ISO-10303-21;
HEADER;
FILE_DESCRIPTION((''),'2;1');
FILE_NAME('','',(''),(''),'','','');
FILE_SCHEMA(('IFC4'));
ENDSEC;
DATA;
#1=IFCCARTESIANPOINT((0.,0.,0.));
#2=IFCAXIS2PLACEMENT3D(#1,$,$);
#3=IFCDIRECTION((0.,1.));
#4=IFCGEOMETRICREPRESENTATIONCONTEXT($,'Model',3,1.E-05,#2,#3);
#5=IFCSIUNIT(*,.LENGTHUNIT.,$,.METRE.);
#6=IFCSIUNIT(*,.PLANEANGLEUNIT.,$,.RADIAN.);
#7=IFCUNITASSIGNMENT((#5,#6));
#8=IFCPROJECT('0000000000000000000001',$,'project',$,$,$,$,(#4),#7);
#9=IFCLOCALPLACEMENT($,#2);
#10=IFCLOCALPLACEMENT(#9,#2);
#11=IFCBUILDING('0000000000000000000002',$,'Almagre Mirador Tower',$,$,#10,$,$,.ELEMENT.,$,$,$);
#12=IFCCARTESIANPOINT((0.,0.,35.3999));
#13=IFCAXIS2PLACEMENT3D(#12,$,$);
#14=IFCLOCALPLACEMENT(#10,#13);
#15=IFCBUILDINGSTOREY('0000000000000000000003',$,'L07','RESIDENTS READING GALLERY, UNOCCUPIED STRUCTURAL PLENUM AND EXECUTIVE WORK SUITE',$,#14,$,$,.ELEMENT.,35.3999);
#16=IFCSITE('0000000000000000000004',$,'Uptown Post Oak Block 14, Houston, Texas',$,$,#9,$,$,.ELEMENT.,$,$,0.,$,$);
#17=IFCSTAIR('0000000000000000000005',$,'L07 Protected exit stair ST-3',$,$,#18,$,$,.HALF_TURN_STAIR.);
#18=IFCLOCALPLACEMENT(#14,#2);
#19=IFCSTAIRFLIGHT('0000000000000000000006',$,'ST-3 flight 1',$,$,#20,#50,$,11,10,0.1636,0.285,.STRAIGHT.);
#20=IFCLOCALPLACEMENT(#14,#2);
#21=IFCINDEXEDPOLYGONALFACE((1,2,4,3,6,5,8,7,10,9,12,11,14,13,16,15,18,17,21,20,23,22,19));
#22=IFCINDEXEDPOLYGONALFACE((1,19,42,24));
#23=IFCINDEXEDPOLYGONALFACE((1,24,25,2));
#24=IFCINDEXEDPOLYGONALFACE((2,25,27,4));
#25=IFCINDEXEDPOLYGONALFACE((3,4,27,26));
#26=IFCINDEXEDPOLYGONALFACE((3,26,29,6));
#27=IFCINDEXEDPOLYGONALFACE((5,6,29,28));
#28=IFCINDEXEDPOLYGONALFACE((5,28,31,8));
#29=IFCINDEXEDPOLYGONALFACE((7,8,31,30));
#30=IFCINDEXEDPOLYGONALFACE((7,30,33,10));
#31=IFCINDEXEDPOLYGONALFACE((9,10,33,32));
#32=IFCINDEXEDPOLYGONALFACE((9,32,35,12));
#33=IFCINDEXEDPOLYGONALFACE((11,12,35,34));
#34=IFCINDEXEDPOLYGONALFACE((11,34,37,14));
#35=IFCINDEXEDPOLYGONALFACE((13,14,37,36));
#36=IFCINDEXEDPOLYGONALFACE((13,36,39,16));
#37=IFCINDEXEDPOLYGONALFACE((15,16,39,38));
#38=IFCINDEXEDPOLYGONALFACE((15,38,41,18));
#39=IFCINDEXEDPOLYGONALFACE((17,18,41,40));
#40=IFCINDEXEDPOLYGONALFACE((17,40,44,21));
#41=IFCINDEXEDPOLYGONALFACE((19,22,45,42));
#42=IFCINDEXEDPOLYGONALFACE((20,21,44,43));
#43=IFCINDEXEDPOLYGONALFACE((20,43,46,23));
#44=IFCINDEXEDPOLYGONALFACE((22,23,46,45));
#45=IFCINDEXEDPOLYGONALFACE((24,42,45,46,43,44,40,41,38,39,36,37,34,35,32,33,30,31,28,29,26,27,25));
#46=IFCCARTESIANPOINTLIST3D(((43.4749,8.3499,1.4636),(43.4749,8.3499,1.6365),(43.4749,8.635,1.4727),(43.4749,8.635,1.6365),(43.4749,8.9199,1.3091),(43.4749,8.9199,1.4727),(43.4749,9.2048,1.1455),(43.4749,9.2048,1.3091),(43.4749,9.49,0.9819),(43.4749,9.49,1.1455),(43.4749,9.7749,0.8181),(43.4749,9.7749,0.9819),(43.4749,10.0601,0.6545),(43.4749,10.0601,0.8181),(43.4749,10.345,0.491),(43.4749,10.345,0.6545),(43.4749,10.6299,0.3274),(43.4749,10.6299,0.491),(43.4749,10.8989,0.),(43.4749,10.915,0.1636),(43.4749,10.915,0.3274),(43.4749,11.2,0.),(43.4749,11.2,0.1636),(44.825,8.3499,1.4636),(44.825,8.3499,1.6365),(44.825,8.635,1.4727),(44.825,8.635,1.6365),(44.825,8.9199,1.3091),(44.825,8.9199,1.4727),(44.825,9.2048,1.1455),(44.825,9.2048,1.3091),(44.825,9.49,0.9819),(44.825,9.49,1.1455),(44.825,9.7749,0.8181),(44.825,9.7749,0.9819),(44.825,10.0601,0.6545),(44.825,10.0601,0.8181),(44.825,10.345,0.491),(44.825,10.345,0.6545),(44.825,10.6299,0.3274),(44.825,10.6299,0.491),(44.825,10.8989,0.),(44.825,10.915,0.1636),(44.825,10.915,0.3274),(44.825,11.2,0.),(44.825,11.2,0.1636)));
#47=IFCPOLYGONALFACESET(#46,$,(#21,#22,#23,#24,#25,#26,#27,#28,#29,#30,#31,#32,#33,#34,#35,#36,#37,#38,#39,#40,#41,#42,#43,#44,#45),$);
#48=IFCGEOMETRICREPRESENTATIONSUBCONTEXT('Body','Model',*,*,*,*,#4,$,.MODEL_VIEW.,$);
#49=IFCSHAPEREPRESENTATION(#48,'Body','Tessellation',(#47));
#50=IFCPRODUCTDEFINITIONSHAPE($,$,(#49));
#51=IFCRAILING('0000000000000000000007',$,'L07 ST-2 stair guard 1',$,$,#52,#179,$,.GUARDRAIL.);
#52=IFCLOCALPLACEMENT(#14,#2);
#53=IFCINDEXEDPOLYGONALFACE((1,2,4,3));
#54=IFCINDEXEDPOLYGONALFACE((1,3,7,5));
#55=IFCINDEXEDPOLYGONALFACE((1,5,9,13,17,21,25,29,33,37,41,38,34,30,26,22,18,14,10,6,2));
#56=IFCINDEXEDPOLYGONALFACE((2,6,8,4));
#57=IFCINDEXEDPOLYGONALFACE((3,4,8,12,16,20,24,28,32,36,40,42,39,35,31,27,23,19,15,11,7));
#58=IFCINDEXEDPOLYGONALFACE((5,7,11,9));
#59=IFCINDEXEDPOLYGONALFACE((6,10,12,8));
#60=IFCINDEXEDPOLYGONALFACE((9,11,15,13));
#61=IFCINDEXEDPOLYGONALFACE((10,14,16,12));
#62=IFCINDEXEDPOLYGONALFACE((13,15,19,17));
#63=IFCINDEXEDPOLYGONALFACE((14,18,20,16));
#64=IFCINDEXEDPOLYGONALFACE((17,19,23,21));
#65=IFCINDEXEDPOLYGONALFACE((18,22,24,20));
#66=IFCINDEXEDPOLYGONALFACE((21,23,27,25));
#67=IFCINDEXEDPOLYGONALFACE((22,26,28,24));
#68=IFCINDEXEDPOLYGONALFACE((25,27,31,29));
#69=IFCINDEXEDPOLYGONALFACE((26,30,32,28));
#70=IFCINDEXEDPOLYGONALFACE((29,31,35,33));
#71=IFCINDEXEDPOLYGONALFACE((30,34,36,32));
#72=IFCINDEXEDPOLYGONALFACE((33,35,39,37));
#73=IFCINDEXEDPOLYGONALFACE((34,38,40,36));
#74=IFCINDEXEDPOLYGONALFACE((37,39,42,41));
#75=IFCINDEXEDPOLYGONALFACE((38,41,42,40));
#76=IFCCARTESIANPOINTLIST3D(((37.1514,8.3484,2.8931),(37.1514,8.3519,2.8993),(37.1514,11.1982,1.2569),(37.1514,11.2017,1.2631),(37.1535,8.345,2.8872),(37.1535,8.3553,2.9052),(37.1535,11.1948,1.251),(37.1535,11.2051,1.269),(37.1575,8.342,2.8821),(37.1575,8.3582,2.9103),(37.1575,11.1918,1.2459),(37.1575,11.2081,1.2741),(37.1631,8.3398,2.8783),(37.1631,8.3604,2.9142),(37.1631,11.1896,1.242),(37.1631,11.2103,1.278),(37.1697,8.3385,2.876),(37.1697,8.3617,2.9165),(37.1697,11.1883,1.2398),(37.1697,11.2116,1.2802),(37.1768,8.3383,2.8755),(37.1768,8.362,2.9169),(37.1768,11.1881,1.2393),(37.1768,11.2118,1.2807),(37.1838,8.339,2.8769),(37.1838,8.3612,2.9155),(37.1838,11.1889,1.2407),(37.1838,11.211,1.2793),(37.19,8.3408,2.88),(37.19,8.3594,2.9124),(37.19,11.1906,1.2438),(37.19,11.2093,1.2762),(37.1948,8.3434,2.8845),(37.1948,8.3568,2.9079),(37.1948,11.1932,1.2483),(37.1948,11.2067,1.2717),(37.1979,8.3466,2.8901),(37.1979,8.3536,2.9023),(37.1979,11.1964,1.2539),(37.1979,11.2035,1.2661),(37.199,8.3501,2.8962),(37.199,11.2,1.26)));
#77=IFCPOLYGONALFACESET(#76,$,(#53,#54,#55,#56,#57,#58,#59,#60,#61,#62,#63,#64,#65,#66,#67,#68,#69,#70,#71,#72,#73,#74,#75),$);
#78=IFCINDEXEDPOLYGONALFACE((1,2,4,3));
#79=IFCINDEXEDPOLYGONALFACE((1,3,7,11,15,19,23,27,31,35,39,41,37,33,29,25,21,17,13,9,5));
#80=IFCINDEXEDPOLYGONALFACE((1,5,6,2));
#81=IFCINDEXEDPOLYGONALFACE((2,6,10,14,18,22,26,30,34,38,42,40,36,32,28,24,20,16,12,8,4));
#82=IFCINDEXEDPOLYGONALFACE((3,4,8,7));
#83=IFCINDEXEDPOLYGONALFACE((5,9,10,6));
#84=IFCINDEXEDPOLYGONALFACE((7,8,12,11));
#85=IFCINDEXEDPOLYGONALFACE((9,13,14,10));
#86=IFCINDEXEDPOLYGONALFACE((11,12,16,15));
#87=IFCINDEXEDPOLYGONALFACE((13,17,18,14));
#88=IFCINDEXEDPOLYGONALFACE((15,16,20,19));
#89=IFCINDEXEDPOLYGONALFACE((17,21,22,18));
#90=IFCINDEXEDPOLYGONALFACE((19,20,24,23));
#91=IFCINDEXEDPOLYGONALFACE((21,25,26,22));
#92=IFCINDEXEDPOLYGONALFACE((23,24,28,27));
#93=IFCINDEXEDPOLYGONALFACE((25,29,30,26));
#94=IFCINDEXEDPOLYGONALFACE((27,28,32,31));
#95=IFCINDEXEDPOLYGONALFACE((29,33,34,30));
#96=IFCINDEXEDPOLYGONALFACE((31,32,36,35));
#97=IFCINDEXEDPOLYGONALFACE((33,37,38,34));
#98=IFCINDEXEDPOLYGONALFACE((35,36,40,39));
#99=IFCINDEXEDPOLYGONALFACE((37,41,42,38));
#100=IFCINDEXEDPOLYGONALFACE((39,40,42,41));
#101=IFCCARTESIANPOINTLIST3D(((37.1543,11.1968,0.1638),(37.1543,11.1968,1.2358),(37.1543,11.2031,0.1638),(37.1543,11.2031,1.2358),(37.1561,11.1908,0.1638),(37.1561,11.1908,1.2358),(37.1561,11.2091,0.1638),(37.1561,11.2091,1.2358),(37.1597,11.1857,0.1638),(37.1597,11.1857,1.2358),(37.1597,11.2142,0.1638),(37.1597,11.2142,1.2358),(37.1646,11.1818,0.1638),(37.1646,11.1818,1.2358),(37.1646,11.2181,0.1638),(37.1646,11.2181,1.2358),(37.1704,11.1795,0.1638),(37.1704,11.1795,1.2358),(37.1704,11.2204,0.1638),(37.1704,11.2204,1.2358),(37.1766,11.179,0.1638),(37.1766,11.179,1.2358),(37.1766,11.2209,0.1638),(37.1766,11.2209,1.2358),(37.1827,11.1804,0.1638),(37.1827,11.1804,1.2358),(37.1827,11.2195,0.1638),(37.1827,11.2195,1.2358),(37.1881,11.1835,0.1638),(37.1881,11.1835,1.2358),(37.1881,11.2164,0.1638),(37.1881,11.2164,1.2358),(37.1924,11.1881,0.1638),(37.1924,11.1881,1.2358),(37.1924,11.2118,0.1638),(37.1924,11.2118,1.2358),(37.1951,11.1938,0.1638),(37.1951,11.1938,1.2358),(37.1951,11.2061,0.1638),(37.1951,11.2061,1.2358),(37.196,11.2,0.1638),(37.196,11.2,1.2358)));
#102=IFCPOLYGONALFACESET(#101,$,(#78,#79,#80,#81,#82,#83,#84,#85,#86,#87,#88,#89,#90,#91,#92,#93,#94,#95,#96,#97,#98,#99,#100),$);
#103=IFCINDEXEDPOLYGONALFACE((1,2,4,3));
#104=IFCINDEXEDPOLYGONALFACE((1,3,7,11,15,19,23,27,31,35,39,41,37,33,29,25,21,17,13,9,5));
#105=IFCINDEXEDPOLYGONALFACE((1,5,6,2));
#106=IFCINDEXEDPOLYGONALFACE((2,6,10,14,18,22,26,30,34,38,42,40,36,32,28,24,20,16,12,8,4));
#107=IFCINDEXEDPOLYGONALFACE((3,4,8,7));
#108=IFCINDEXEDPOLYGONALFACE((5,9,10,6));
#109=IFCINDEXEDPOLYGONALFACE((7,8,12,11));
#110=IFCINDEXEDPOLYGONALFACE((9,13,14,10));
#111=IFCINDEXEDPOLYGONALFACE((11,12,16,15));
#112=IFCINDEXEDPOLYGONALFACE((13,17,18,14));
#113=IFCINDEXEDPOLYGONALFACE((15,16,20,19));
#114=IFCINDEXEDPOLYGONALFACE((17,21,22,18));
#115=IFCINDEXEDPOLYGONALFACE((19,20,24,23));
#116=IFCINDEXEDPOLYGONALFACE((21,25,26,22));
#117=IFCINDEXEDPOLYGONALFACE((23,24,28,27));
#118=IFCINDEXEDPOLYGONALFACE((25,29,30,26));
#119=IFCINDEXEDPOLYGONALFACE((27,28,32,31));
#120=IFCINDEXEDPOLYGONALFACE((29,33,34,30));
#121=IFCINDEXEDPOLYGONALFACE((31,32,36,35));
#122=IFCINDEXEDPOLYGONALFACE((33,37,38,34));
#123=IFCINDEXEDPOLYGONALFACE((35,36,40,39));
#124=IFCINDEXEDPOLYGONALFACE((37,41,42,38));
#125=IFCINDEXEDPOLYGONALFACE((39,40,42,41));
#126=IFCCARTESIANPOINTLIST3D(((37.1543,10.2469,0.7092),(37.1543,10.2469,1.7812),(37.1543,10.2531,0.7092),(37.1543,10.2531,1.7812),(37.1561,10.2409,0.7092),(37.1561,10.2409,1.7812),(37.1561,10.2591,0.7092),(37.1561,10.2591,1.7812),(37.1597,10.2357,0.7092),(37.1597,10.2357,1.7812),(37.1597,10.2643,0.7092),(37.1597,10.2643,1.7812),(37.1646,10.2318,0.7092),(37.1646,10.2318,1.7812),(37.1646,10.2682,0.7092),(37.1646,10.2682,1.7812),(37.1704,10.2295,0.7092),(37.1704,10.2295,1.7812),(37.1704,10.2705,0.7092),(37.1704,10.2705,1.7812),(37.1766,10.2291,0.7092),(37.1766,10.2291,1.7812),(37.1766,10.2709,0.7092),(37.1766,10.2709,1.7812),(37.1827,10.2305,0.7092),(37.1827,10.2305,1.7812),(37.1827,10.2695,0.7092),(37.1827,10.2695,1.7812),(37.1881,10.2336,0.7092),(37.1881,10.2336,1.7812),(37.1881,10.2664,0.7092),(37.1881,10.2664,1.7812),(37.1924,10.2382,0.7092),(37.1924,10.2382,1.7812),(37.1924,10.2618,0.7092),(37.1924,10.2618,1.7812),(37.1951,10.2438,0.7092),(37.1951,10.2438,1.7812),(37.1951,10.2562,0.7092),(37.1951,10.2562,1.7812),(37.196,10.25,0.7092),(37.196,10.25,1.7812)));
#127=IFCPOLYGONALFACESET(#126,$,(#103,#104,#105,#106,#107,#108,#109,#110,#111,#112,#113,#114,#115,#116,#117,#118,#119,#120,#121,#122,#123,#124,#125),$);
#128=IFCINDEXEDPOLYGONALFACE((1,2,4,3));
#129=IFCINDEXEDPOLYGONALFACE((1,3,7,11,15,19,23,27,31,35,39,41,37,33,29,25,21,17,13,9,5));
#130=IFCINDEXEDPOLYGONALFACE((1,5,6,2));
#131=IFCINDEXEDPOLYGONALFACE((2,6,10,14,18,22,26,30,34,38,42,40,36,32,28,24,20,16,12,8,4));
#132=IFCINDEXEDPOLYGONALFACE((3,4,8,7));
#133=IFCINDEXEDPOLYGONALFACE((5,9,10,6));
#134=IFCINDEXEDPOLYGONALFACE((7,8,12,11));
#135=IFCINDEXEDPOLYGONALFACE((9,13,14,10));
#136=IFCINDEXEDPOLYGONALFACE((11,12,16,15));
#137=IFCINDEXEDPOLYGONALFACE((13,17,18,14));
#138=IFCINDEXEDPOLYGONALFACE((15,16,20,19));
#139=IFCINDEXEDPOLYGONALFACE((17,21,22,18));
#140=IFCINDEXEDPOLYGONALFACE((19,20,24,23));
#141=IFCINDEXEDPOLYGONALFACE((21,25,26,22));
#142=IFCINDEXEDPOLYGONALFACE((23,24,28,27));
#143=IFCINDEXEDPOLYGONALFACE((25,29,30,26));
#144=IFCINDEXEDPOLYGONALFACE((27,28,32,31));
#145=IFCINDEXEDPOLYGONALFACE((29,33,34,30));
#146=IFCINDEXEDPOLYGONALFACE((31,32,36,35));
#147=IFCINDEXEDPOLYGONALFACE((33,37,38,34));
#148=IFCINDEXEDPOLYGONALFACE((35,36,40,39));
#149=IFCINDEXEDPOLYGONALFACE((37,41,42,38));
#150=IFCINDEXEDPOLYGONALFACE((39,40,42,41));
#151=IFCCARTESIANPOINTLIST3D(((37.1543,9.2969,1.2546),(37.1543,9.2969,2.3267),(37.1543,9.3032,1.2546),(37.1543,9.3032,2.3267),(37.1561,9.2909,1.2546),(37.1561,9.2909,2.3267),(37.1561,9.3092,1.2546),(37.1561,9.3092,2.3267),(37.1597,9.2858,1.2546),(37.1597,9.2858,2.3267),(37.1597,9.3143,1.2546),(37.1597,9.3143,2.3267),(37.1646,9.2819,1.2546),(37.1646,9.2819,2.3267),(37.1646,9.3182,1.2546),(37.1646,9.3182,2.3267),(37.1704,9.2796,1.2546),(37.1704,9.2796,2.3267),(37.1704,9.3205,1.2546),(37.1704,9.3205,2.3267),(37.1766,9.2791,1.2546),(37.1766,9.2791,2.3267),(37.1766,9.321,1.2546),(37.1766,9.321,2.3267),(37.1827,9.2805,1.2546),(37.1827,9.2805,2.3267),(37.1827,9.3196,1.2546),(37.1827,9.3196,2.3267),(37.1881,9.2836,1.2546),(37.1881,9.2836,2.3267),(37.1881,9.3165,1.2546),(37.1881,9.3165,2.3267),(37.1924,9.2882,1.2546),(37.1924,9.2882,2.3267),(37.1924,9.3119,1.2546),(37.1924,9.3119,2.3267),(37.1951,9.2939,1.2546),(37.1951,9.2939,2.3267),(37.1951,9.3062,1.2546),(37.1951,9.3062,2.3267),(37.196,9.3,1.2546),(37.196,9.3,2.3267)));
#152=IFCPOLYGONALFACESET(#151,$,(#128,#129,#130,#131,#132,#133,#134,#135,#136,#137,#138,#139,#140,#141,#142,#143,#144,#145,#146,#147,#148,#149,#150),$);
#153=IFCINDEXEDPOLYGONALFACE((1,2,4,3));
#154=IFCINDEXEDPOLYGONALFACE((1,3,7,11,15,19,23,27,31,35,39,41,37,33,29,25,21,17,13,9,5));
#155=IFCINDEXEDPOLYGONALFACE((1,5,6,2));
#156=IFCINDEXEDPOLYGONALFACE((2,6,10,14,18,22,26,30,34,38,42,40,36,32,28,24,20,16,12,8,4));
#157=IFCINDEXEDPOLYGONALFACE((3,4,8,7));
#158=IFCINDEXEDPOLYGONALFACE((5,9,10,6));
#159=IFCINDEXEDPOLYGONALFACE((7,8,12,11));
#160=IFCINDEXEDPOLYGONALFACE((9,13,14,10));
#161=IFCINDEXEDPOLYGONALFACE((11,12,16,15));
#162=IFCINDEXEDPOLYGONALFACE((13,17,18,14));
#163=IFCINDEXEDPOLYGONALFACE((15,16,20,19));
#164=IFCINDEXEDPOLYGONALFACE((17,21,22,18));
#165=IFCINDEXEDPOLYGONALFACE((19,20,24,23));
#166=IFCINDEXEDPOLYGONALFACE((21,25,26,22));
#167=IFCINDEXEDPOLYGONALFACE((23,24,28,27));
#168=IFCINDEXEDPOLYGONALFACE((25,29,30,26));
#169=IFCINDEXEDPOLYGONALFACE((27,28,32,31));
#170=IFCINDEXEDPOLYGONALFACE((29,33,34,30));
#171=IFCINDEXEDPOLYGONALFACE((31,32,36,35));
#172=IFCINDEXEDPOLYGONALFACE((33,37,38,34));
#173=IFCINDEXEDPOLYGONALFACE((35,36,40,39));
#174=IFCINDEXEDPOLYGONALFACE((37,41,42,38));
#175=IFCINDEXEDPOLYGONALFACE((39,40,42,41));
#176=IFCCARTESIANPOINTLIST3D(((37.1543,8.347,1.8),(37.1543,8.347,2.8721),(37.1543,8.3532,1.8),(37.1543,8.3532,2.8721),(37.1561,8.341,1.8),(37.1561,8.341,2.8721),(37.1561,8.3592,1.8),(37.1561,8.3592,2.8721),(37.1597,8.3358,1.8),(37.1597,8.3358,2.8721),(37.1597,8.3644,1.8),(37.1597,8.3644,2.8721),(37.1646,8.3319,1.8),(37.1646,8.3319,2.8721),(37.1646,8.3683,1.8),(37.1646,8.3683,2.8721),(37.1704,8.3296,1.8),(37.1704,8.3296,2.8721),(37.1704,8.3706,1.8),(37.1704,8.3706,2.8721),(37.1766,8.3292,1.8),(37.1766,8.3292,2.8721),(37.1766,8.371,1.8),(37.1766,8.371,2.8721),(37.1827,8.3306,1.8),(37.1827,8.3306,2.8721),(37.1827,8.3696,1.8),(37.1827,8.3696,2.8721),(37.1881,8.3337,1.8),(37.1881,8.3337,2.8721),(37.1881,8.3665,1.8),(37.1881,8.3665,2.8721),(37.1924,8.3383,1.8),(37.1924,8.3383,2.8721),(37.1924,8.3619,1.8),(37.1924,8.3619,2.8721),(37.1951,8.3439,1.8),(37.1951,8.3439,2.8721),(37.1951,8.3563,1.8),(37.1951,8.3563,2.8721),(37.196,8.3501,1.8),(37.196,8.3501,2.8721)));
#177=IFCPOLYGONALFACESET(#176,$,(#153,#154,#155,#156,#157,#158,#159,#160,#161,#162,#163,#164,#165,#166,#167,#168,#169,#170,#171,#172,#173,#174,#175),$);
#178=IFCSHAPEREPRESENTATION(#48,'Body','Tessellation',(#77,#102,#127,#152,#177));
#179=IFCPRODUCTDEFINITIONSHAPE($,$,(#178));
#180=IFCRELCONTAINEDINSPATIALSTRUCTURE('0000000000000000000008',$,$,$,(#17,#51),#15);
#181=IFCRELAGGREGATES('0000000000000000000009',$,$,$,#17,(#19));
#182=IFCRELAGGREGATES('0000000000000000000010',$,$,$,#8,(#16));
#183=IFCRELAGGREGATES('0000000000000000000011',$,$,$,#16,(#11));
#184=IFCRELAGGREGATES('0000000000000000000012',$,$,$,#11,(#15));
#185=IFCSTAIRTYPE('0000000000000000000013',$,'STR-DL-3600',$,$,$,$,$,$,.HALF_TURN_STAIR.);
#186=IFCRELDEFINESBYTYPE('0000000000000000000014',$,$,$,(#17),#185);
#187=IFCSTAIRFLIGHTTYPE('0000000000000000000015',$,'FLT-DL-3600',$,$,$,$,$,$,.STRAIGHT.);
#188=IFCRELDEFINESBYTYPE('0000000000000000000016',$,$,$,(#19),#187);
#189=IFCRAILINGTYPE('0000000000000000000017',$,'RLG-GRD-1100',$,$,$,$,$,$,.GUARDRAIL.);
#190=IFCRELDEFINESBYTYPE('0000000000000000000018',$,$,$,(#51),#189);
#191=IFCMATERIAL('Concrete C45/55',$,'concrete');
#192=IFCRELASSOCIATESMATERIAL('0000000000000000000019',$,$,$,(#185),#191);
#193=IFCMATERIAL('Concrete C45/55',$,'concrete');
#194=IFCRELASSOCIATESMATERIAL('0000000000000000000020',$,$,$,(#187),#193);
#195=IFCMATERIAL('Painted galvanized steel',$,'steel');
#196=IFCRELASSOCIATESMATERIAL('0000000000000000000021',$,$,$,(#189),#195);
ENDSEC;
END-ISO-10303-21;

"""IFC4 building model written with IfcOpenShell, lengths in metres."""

from ifc_helpers import new_model, si_unit, direction, frame, origin, origin_2d, place, context, subcontext, project, spatial, polyline, circle, outline, extrude, material, type_object, element, aggregate, save


model = new_model("IFC4")

# Units and contexts
model_context = context("Model", 3, precision=1e-05, world=origin(), true_north=direction((0.0, 1.0)))
body_context = subcontext(model_context, "Body", "Model", "MODEL_VIEW")
ifc_project = project(units=[si_unit("LENGTHUNIT", "METRE"), si_unit("PLANEANGLEUNIT", "RADIAN")], contexts=[model_context])

# Site, building, storey
site_placement = place(None, origin())
site = spatial("IfcSite", under=ifc_project, at=site_placement, Name="Uptown Post Oak Block 14, Houston, Texas", CompositionType="ELEMENT", RefElevation=0.0)
building_placement = place(site_placement, origin())
building = spatial("IfcBuilding", under=site, at=building_placement, Name="Almagre Mirador Tower", CompositionType="ELEMENT")
storey_placement = place(building_placement, frame((0.0, 0.0, 35.3999)))
storey = spatial("IfcBuildingStorey", under=building, at=storey_placement, Name="L07", Description="RESIDENTS READING GALLERY, UNOCCUPIED STRUCTURAL PLENUM AND EXECUTIVE WORK SUITE", CompositionType="ELEMENT", Elevation=35.3999)

# Shared definitions
ifc_material_1 = material(Name="Concrete C45/55", Category="concrete")
stair_type = type_object("IfcStairType", Name="STR-DL-3600", PredefinedType="HALF_TURN_STAIR", material=ifc_material_1)
ifc_material_2 = material(Name="Concrete C45/55", Category="concrete")
stair_flight_type = type_object("IfcStairFlightType", Name="FLT-DL-3600", PredefinedType="STRAIGHT", material=ifc_material_2)

# Stair, stair flight
stair_1_placement = place(storey_placement, origin())
stair_1 = element("IfcStair", 1, at=stair_1_placement, inside=storey, type_object=stair_type, Name="L07 Protected exit stair ST-3", PredefinedType="HALF_TURN_STAIR")
stair_flight_1_placement = place(storey_placement, frame((44.1499, 11.2, 0.0), z_axis=(0.0, 0.0, 1.0), x_axis=(0.0, -1.0, 0.0)))
stair_flight_1 = element("IfcStairFlight", 2, at=stair_flight_1_placement, type_object=stair_flight_type, Name="ST-3 flight 1", NumberOfRisers=11, NumberOfTreads=10, PredefinedType="STRAIGHT", RiserHeight=0.1636, TreadLength=0.285, context=body_context, shape_type="SweptSolid", body=[
    extrude(outline(polyline([(0.0, 0.0), (0.0, 0.1636), (0.2849, 0.1636), (0.2849, 0.3274), (0.5701, 0.3274), (0.5701, 0.491), (0.855, 0.491), (0.855, 0.6545), (1.1399, 0.6545), (1.1399, 0.8181), (1.425, 0.8181), (1.425, 0.9819), (1.71, 0.9819), (1.71, 1.1455), (1.9951, 1.1455), (1.9951, 1.3091), (2.28, 1.3091), (2.28, 1.4727), (2.5649, 1.4727), (2.5649, 1.6365), (2.8501, 1.6365), (2.8501, 1.8), (2.8501, 1.4636), (0.301, 0.0), (0.0, 0.0)])), frame((0.0, 0.675, 0.0), z_axis=(0.0, -1.0, 0.0), x_axis=(1.0, 0.0, 0.0)), (0.0, 0.0, 1.0), 1.3501),
])
aggregate(stair_1, [stair_flight_1])

# Railing
ifc_material_3 = material(Name="Painted galvanized steel", Category="steel")
railing_type_1 = type_object("IfcRailingType", Name="RLG-GRD-1100", PredefinedType="GUARDRAIL", material=ifc_material_3)
railing_1_placement = place(storey_placement, frame((37.175, 11.2, 0.1638)))
element("IfcRailing", 3, at=railing_1_placement, inside=storey, type_object=railing_type_1, Name="L07 ST-2 stair guard 1", PredefinedType="GUARDRAIL", context=body_context, shape_type="SweptSolid", body=[
    extrude(circle(Radius=0.0239, at=origin_2d()), frame((0.0, 0.0, 1.0962), z_axis=(0.0, -0.867226, 0.497914), x_axis=(1.0, 0.0, 0.0)), (0.0, 0.0, 1.0), 3.2861),
    extrude(circle(Radius=0.021, at=origin_2d()), origin(), (0.0, 0.0, 1.0), 1.072),
    extrude(circle(Radius=0.021, at=origin_2d()), frame((0.0, -0.95, 0.5454)), (0.0, 0.0, 1.0), 1.072),
    extrude(circle(Radius=0.021, at=origin_2d()), frame((0.0, -1.8999, 1.0908)), (0.0, 0.0, 1.0), 1.072),
    extrude(circle(Radius=0.021, at=origin_2d()), frame((0.0, -2.8499, 1.6362)), (0.0, 0.0, 1.0), 1.072),
])

save(model, "model.ifc")
